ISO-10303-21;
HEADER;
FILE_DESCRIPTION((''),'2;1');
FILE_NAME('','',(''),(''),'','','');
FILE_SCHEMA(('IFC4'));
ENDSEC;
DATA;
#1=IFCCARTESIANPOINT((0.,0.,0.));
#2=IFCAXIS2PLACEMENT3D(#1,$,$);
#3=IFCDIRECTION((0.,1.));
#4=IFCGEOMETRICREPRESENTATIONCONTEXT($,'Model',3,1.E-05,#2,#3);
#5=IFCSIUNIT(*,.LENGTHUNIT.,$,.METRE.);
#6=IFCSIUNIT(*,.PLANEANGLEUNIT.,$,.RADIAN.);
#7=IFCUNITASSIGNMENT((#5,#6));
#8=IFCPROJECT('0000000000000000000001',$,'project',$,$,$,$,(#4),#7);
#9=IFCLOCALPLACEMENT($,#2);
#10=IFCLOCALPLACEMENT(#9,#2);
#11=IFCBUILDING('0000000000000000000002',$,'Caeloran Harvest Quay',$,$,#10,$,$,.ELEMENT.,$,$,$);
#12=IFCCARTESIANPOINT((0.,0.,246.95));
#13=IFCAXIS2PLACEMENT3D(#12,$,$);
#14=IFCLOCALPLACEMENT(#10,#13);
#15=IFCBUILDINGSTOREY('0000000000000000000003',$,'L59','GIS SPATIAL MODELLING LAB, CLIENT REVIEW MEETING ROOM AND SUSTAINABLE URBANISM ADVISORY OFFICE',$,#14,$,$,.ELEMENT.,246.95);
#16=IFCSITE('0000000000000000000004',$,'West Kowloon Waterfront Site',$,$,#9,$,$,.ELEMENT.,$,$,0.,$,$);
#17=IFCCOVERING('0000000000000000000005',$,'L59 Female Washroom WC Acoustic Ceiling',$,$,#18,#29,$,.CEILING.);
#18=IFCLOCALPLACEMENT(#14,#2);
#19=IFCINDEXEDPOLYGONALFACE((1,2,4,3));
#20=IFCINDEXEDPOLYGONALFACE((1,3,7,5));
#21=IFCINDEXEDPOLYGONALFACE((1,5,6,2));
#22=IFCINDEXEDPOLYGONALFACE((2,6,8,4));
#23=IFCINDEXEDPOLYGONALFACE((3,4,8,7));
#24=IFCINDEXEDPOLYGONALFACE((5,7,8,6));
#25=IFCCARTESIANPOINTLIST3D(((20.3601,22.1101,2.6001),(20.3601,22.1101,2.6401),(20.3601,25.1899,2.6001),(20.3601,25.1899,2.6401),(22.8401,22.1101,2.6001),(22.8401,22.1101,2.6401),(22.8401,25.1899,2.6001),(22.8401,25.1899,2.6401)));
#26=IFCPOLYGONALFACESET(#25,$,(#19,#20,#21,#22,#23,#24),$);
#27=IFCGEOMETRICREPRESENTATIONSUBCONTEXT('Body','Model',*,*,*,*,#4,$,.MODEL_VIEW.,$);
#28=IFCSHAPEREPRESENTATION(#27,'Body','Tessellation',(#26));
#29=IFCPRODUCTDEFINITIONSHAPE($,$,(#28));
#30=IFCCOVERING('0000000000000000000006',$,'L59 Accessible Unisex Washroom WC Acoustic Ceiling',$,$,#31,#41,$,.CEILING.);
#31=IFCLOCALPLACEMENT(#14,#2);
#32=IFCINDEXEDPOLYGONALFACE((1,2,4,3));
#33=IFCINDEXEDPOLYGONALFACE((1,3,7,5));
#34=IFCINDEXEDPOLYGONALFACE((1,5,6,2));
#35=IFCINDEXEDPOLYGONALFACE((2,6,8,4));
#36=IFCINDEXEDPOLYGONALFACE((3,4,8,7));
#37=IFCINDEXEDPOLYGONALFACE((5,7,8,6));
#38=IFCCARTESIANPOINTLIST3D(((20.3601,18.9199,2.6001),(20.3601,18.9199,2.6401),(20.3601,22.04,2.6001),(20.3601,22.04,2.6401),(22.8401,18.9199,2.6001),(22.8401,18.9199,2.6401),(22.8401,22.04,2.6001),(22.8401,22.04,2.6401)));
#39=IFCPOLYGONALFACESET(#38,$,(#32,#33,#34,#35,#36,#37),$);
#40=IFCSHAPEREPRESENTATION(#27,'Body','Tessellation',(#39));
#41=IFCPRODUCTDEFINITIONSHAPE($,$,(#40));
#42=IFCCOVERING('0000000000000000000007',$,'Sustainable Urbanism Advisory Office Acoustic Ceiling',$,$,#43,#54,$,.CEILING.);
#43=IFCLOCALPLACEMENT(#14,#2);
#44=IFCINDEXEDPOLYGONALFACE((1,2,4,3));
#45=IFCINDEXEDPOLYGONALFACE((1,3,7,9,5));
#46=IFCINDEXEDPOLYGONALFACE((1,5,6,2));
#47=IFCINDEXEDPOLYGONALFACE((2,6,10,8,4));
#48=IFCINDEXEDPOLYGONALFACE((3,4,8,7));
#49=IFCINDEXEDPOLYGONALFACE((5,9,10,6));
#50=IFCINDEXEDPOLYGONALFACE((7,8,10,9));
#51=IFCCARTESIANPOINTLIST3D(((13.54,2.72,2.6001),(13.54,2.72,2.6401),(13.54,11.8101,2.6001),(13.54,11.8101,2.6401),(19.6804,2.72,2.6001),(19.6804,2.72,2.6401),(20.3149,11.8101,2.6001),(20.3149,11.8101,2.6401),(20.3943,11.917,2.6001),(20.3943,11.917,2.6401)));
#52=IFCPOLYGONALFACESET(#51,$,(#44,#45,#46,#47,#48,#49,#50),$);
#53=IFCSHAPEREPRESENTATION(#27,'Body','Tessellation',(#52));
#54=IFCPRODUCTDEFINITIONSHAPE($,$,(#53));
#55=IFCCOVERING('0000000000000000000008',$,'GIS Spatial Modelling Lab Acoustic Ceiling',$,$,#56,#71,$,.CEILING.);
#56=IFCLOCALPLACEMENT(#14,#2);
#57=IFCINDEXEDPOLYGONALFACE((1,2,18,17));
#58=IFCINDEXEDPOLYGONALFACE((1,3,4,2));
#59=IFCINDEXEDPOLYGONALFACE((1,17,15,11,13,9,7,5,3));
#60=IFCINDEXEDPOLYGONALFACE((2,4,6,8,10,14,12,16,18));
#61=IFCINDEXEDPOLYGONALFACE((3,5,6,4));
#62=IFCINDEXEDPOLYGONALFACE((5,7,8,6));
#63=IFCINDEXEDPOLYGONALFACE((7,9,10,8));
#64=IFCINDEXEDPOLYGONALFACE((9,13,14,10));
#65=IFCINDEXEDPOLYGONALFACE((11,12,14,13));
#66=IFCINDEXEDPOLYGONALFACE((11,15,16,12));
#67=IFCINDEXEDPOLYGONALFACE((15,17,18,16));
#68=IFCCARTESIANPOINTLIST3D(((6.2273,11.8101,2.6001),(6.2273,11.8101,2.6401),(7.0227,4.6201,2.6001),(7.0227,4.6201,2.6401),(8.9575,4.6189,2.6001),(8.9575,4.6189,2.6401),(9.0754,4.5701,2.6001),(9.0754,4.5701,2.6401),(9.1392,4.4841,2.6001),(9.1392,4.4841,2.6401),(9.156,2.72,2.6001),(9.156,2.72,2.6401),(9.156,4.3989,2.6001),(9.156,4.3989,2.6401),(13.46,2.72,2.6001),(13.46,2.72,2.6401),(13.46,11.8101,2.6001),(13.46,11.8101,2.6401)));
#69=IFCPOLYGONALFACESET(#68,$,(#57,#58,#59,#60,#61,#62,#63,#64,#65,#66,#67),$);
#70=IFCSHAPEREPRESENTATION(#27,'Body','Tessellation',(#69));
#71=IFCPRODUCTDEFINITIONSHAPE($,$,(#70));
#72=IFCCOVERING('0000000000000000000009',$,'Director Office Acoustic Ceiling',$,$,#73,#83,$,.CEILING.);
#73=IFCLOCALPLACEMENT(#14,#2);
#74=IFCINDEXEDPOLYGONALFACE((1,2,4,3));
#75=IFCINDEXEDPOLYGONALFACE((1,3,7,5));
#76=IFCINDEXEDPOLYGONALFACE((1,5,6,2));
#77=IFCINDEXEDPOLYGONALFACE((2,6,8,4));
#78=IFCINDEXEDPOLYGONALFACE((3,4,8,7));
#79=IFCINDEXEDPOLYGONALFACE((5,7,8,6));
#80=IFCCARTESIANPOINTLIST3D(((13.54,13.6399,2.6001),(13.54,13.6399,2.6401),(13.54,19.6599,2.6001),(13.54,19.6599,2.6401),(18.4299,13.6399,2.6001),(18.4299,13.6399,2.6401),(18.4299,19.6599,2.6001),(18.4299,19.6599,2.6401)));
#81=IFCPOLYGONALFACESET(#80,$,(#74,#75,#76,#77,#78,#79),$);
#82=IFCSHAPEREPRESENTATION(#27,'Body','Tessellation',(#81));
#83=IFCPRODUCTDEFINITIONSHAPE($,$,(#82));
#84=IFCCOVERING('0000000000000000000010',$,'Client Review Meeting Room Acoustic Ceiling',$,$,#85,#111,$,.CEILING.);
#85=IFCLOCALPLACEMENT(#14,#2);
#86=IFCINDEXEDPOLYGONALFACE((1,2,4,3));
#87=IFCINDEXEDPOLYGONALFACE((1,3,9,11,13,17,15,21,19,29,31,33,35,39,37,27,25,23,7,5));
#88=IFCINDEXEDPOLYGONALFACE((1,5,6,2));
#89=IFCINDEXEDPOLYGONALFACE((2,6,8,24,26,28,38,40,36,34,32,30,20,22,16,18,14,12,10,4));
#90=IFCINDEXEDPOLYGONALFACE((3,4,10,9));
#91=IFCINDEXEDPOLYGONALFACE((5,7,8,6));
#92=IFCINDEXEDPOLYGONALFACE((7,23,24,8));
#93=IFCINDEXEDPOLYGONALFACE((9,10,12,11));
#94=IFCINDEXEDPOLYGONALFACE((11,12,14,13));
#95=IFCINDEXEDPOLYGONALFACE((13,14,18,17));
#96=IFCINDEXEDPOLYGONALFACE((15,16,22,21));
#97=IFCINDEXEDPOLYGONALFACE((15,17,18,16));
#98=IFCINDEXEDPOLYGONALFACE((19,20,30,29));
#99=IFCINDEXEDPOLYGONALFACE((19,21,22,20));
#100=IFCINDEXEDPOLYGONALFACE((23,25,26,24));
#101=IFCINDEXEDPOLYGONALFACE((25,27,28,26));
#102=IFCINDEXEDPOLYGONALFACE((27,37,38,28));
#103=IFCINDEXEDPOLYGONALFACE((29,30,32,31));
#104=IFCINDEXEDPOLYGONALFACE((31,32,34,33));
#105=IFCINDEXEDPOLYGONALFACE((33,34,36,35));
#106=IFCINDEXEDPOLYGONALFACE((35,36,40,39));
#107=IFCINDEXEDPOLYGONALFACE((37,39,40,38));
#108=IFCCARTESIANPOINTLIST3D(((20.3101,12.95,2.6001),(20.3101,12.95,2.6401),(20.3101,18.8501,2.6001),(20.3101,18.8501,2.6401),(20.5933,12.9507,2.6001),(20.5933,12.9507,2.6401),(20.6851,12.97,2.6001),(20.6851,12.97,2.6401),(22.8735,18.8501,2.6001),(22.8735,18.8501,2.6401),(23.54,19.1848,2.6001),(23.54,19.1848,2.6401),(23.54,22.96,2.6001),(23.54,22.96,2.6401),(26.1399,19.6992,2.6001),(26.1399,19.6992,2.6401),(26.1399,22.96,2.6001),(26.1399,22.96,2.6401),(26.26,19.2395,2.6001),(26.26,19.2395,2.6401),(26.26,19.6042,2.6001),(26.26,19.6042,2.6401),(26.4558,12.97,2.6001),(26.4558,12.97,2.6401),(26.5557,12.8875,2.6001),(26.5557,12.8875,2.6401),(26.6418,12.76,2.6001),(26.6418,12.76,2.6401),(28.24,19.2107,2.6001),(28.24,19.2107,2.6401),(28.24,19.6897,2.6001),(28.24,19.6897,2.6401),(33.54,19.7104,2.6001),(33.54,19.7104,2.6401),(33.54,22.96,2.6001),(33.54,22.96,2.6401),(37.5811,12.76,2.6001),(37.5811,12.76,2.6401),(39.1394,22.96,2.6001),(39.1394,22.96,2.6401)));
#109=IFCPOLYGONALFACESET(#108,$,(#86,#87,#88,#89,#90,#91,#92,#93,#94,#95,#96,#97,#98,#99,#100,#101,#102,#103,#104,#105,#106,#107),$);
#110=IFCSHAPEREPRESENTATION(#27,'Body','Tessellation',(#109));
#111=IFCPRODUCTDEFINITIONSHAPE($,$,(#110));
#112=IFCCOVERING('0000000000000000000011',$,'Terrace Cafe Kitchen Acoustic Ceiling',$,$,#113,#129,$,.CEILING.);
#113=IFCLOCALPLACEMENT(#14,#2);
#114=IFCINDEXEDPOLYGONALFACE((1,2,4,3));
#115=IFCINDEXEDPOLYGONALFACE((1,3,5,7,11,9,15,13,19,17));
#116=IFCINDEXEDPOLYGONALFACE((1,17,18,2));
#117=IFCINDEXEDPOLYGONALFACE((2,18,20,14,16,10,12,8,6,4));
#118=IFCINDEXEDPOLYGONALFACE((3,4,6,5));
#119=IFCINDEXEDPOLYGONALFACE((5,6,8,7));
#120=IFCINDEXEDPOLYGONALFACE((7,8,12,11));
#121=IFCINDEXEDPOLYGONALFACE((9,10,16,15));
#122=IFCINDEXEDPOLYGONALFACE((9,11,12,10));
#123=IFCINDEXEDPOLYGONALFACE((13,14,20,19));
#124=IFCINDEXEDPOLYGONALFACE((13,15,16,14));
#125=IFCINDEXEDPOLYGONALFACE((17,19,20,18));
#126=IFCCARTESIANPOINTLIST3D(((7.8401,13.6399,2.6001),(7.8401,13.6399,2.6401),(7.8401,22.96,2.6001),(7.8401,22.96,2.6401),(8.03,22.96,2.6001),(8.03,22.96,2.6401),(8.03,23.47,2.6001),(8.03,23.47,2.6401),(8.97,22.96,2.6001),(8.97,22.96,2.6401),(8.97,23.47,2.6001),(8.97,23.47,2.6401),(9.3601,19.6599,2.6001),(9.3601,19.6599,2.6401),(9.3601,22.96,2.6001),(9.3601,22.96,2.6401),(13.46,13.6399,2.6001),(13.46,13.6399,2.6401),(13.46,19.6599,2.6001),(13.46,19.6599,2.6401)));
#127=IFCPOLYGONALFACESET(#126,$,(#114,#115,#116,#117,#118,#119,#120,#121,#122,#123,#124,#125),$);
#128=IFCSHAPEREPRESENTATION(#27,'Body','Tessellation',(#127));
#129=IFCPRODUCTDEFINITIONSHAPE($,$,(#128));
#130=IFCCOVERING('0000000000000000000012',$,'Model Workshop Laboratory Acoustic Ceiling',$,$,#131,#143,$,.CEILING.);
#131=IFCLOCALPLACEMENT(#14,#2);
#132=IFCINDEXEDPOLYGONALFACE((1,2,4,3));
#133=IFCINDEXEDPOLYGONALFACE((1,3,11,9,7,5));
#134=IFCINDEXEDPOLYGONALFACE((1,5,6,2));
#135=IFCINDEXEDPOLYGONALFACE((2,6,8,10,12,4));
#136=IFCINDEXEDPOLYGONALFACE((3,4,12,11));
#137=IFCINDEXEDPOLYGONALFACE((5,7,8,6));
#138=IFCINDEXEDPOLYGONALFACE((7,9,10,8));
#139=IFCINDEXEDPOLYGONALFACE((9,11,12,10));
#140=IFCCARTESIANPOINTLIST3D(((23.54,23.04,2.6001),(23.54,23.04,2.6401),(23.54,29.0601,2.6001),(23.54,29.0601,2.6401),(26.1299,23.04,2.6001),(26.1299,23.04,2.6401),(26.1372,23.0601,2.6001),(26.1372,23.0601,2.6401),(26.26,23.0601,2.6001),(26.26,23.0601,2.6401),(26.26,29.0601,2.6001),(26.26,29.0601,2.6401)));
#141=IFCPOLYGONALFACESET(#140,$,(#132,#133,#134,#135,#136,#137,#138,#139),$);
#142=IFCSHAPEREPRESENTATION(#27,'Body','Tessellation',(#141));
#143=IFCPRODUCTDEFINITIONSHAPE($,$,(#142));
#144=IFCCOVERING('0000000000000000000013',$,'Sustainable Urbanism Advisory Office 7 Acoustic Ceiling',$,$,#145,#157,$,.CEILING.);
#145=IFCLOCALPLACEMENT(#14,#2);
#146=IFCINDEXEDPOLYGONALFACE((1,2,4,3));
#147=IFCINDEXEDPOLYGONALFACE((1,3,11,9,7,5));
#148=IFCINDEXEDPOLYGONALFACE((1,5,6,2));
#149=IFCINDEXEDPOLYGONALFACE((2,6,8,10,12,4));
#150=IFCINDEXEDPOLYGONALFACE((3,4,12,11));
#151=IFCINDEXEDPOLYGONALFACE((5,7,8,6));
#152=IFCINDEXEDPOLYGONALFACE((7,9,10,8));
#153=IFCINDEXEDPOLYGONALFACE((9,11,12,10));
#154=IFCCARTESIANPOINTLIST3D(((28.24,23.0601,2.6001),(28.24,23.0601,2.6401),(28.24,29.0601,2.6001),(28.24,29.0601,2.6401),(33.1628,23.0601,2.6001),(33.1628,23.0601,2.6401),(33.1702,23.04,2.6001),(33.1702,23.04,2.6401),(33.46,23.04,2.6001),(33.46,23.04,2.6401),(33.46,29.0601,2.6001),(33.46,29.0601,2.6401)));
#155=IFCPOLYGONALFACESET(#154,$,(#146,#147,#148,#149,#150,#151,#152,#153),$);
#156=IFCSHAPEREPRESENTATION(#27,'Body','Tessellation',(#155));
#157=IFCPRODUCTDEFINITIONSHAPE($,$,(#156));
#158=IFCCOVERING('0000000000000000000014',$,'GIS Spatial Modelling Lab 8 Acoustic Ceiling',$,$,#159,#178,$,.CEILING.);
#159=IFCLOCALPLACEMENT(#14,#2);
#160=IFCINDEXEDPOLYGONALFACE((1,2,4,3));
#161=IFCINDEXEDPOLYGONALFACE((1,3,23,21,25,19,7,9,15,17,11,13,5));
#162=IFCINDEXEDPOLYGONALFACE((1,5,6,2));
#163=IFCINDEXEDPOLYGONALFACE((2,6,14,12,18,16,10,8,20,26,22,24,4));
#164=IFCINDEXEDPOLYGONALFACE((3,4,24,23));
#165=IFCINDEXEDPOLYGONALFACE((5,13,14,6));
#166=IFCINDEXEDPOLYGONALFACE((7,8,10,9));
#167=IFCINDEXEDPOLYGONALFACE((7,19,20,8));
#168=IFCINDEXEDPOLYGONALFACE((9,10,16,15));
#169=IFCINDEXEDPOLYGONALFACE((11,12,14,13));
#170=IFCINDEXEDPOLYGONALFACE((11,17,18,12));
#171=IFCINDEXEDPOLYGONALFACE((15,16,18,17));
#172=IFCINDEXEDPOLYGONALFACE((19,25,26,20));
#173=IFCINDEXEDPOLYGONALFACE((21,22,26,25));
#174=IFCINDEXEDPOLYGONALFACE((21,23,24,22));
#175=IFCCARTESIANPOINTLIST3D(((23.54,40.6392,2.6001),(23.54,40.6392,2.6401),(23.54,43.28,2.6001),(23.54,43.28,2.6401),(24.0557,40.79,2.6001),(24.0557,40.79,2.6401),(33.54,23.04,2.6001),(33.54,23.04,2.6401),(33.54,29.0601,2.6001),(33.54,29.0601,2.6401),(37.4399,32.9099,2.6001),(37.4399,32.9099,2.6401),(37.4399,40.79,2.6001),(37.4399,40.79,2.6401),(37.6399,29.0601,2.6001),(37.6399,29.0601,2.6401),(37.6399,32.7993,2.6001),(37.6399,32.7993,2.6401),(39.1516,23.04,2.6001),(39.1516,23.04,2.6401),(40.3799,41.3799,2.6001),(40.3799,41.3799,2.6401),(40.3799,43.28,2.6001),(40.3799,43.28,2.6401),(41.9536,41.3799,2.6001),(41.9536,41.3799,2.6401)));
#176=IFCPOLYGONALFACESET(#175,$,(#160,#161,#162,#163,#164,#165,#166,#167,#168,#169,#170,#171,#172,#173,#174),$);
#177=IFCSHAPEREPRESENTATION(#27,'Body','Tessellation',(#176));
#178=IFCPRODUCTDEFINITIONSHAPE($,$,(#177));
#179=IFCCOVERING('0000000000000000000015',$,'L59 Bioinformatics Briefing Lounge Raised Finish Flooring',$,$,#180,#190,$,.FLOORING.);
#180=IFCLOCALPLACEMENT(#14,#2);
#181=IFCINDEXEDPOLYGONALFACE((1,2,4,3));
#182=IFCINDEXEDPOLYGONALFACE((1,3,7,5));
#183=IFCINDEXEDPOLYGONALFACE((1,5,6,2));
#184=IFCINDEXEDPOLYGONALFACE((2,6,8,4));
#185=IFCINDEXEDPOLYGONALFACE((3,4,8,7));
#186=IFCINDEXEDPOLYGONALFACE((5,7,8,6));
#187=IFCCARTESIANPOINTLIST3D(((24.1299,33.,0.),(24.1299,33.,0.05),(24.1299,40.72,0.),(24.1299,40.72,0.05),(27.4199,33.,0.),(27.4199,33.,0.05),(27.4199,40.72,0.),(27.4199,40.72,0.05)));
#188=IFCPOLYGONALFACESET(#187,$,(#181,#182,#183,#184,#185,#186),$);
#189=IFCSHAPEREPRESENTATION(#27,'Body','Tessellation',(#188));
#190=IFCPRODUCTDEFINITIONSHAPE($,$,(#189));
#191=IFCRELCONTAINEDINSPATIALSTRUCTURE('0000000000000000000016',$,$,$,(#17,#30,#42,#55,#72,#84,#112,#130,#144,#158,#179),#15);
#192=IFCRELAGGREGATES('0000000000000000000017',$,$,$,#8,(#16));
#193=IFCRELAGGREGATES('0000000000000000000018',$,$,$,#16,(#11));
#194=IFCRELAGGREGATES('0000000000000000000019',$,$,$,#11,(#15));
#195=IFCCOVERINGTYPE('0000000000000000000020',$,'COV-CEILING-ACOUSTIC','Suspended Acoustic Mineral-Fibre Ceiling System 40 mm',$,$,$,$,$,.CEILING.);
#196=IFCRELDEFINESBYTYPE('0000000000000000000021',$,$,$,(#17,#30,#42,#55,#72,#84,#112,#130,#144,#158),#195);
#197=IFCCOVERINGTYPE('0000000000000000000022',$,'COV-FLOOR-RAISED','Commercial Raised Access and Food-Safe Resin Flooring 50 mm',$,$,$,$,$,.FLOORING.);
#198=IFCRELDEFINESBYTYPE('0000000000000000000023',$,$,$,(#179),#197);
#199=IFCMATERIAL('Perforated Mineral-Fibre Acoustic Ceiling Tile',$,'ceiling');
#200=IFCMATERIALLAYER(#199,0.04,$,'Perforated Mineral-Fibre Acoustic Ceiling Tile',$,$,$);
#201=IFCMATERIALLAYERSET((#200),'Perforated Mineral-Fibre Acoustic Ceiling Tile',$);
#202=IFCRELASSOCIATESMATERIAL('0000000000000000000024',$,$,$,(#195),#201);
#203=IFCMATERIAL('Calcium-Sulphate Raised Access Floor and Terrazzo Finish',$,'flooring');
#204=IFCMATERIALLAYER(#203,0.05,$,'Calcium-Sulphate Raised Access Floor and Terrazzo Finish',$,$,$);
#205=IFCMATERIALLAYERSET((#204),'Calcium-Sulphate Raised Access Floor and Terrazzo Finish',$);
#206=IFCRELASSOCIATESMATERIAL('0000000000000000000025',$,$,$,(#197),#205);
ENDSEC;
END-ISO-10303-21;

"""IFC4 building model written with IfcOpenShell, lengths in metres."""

from ifc_helpers import new_model, si_unit, direction, frame, origin, place, context, subcontext, project, spatial, polyline, outline, extrude, material, layer, layer_set, type_object, element, save


model = new_model("IFC4")

# Units and contexts
model_context = context("Model", 3, precision=1e-05, world=origin(), true_north=direction((0.0, 1.0)))
body_context = subcontext(model_context, "Body", "Model", "MODEL_VIEW")
ifc_project = project(units=[si_unit("LENGTHUNIT", "METRE"), si_unit("PLANEANGLEUNIT", "RADIAN")], contexts=[model_context])

# Site, building, storey
site_placement = place(None, origin())
site = spatial("IfcSite", under=ifc_project, at=site_placement, Name="West Kowloon Waterfront Site", CompositionType="ELEMENT", RefElevation=0.0)
building_placement = place(site_placement, origin())
building = spatial("IfcBuilding", under=site, at=building_placement, Name="Caeloran Harvest Quay", CompositionType="ELEMENT")
storey_placement = place(building_placement, frame((0.0, 0.0, 246.95)))
storey = spatial("IfcBuildingStorey", under=building, at=storey_placement, Name="L59", Description="GIS SPATIAL MODELLING LAB, CLIENT REVIEW MEETING ROOM AND SUSTAINABLE URBANISM ADVISORY OFFICE", CompositionType="ELEMENT", Elevation=246.95)

# Coverings
ifc_material_1 = material(Name="Perforated Mineral-Fibre Acoustic Ceiling Tile", Category="ceiling")
ifc_layer_1 = layer(ifc_material_1, 0.04, Name="Perforated Mineral-Fibre Acoustic Ceiling Tile")
ifc_layer_set_1 = layer_set([ifc_layer_1], Name="Perforated Mineral-Fibre Acoustic Ceiling Tile")
covering_type_1 = type_object("IfcCoveringType", Name="COV-CEILING-ACOUSTIC", Description="Suspended Acoustic Mineral-Fibre Ceiling System 40 mm", PredefinedType="CEILING", material=ifc_layer_set_1)
covering_1_placement = place(storey_placement, frame((0.0, 0.0, 2.6001)))
element("IfcCovering", 1, at=covering_1_placement, inside=storey, type_object=covering_type_1, Name="L59 Female Washroom WC Acoustic Ceiling", PredefinedType="CEILING", context=body_context, shape_type="SweptSolid", body=[
    extrude(outline(polyline([(22.8401, 25.1899), (22.8401, 22.1101), (20.3601, 22.1101), (20.3601, 25.1899), (22.8401, 25.1899)])), origin(), (0.0, 0.0, 1.0), 0.04),
])
covering_2_placement = place(storey_placement, frame((0.0, 0.0, 2.6001)))
element("IfcCovering", 2, at=covering_2_placement, inside=storey, type_object=covering_type_1, Name="L59 Accessible Unisex Washroom WC Acoustic Ceiling", PredefinedType="CEILING", context=body_context, shape_type="SweptSolid", body=[
    extrude(outline(polyline([(22.8401, 22.04), (22.8401, 18.9199), (20.3601, 18.9199), (20.3601, 22.04), (22.8401, 22.04)])), origin(), (0.0, 0.0, 1.0), 0.04),
])
covering_3_placement = place(storey_placement, frame((0.0, 0.0, 2.6001)))
element("IfcCovering", 3, at=covering_3_placement, inside=storey, type_object=covering_type_1, Name="Sustainable Urbanism Advisory Office Acoustic Ceiling", PredefinedType="CEILING", context=body_context, shape_type="SweptSolid", body=[
    extrude(outline(polyline([(13.54, 11.8101), (20.3149, 11.8101), (20.3943, 11.917), (19.6804, 2.72), (13.54, 2.72), (13.54, 11.8101)])), origin(), (0.0, 0.0, 1.0), 0.04),
])
covering_4_placement = place(storey_placement, frame((0.0, 0.0, 2.6001)))
element("IfcCovering", 4, at=covering_4_placement, inside=storey, type_object=covering_type_1, Name="GIS Spatial Modelling Lab Acoustic Ceiling", PredefinedType="CEILING", context=body_context, shape_type="SweptSolid", body=[
    extrude(outline(polyline([(9.1392, 4.4841), (9.0754, 4.5701), (8.9575, 4.6189), (7.0227, 4.6201), (6.2273, 11.8101), (13.46, 11.8101), (13.46, 2.72), (9.156, 2.72), (9.156, 4.3989), (9.1392, 4.4841)])), origin(), (0.0, 0.0, 1.0), 0.04),
])
covering_5_placement = place(storey_placement, frame((0.0, 0.0, 2.6001)))
element("IfcCovering", 5, at=covering_5_placement, inside=storey, type_object=covering_type_1, Name="Director Office Acoustic Ceiling", PredefinedType="CEILING", context=body_context, shape_type="SweptSolid", body=[
    extrude(outline(polyline([(18.4299, 13.6399), (13.54, 13.6399), (13.54, 19.6599), (18.4299, 19.6599), (18.4299, 13.6399)])), origin(), (0.0, 0.0, 1.0), 0.04),
])
covering_6_placement = place(storey_placement, frame((0.0, 0.0, 2.6001)))
element("IfcCovering", 6, at=covering_6_placement, inside=storey, type_object=covering_type_1, Name="Client Review Meeting Room Acoustic Ceiling", PredefinedType="CEILING", context=body_context, shape_type="SweptSolid", body=[
    extrude(outline(polyline([(33.54, 19.7104), (33.54, 22.96), (39.1394, 22.96), (37.5811, 12.76), (26.6418, 12.76), (26.5557, 12.8875), (26.4558, 12.97), (20.6851, 12.97), (20.5933, 12.9507), (20.3101, 12.95), (20.3101, 18.8501), (22.8735, 18.8501), (23.54, 19.1848), (23.54, 22.96), (26.1399, 22.96), (26.1399, 19.6992), (26.26, 19.6042), (26.26, 19.2395), (28.24, 19.2107), (28.24, 19.6897), (33.54, 19.7104)])), origin(), (0.0, 0.0, 1.0), 0.04),
])
covering_7_placement = place(storey_placement, frame((0.0, 0.0, 2.6001)))
element("IfcCovering", 7, at=covering_7_placement, inside=storey, type_object=covering_type_1, Name="Terrace Cafe Kitchen Acoustic Ceiling", PredefinedType="CEILING", context=body_context, shape_type="SweptSolid", body=[
    extrude(outline(polyline([(13.46, 13.6399), (7.8401, 13.6399), (7.8401, 22.96), (8.03, 22.96), (8.03, 23.47), (8.97, 23.47), (8.97, 22.96), (9.3601, 22.96), (9.3601, 19.6599), (13.46, 19.6599), (13.46, 13.6399)])), origin(), (0.0, 0.0, 1.0), 0.04),
])
covering_8_placement = place(storey_placement, frame((0.0, 0.0, 2.6001)))
element("IfcCovering", 8, at=covering_8_placement, inside=storey, type_object=covering_type_1, Name="Model Workshop Laboratory Acoustic Ceiling", PredefinedType="CEILING", context=body_context, shape_type="SweptSolid", body=[
    extrude(outline(polyline([(26.1372, 23.0601), (26.1299, 23.04), (23.54, 23.04), (23.54, 29.0601), (26.26, 29.0601), (26.26, 23.0601), (26.1372, 23.0601)])), origin(), (0.0, 0.0, 1.0), 0.04),
])
covering_9_placement = place(storey_placement, frame((0.0, 0.0, 2.6001)))
element("IfcCovering", 9, at=covering_9_placement, inside=storey, type_object=covering_type_1, Name="Sustainable Urbanism Advisory Office 7 Acoustic Ceiling", PredefinedType="CEILING", context=body_context, shape_type="SweptSolid", body=[
    extrude(outline(polyline([(33.1628, 23.0601), (28.24, 23.0601), (28.24, 29.0601), (33.46, 29.0601), (33.46, 23.04), (33.1702, 23.04), (33.1628, 23.0601)])), origin(), (0.0, 0.0, 1.0), 0.04),
])
covering_10_placement = place(storey_placement, frame((0.0, 0.0, 2.6001)))
element("IfcCovering", 10, at=covering_10_placement, inside=storey, type_object=covering_type_1, Name="GIS Spatial Modelling Lab 8 Acoustic Ceiling", PredefinedType="CEILING", context=body_context, shape_type="SweptSolid", body=[
    extrude(outline(polyline([(23.54, 40.6392), (23.54, 43.28), (40.3799, 43.28), (40.3799, 41.3799), (41.9536, 41.3799), (39.1516, 23.04), (33.54, 23.04), (33.54, 29.0601), (37.6399, 29.0601), (37.6399, 32.7993), (37.4399, 32.9099), (37.4399, 40.79), (24.0557, 40.79), (23.54, 40.6392)])), origin(), (0.0, 0.0, 1.0), 0.04),
])
ifc_material_2 = material(Name="Calcium-Sulphate Raised Access Floor and Terrazzo Finish", Category="flooring")
ifc_layer_2 = layer(ifc_material_2, 0.05, Name="Calcium-Sulphate Raised Access Floor and Terrazzo Finish")
ifc_layer_set_2 = layer_set([ifc_layer_2], Name="Calcium-Sulphate Raised Access Floor and Terrazzo Finish")
covering_type_2 = type_object("IfcCoveringType", Name="COV-FLOOR-RAISED", Description="Commercial Raised Access and Food-Safe Resin Flooring 50 mm", PredefinedType="FLOORING", material=ifc_layer_set_2)
covering_11_placement = place(storey_placement, origin())
element("IfcCovering", 11, at=covering_11_placement, inside=storey, type_object=covering_type_2, Name="L59 Bioinformatics Briefing Lounge Raised Finish Flooring", PredefinedType="FLOORING", context=body_context, shape_type="SweptSolid", body=[
    extrude(outline(polyline([(27.4199, 40.72), (27.4199, 33.0), (24.1299, 33.0), (24.1299, 40.72), (27.4199, 40.72)])), origin(), (0.0, 0.0, 1.0), 0.05),
])

save(model, "model.ifc")
